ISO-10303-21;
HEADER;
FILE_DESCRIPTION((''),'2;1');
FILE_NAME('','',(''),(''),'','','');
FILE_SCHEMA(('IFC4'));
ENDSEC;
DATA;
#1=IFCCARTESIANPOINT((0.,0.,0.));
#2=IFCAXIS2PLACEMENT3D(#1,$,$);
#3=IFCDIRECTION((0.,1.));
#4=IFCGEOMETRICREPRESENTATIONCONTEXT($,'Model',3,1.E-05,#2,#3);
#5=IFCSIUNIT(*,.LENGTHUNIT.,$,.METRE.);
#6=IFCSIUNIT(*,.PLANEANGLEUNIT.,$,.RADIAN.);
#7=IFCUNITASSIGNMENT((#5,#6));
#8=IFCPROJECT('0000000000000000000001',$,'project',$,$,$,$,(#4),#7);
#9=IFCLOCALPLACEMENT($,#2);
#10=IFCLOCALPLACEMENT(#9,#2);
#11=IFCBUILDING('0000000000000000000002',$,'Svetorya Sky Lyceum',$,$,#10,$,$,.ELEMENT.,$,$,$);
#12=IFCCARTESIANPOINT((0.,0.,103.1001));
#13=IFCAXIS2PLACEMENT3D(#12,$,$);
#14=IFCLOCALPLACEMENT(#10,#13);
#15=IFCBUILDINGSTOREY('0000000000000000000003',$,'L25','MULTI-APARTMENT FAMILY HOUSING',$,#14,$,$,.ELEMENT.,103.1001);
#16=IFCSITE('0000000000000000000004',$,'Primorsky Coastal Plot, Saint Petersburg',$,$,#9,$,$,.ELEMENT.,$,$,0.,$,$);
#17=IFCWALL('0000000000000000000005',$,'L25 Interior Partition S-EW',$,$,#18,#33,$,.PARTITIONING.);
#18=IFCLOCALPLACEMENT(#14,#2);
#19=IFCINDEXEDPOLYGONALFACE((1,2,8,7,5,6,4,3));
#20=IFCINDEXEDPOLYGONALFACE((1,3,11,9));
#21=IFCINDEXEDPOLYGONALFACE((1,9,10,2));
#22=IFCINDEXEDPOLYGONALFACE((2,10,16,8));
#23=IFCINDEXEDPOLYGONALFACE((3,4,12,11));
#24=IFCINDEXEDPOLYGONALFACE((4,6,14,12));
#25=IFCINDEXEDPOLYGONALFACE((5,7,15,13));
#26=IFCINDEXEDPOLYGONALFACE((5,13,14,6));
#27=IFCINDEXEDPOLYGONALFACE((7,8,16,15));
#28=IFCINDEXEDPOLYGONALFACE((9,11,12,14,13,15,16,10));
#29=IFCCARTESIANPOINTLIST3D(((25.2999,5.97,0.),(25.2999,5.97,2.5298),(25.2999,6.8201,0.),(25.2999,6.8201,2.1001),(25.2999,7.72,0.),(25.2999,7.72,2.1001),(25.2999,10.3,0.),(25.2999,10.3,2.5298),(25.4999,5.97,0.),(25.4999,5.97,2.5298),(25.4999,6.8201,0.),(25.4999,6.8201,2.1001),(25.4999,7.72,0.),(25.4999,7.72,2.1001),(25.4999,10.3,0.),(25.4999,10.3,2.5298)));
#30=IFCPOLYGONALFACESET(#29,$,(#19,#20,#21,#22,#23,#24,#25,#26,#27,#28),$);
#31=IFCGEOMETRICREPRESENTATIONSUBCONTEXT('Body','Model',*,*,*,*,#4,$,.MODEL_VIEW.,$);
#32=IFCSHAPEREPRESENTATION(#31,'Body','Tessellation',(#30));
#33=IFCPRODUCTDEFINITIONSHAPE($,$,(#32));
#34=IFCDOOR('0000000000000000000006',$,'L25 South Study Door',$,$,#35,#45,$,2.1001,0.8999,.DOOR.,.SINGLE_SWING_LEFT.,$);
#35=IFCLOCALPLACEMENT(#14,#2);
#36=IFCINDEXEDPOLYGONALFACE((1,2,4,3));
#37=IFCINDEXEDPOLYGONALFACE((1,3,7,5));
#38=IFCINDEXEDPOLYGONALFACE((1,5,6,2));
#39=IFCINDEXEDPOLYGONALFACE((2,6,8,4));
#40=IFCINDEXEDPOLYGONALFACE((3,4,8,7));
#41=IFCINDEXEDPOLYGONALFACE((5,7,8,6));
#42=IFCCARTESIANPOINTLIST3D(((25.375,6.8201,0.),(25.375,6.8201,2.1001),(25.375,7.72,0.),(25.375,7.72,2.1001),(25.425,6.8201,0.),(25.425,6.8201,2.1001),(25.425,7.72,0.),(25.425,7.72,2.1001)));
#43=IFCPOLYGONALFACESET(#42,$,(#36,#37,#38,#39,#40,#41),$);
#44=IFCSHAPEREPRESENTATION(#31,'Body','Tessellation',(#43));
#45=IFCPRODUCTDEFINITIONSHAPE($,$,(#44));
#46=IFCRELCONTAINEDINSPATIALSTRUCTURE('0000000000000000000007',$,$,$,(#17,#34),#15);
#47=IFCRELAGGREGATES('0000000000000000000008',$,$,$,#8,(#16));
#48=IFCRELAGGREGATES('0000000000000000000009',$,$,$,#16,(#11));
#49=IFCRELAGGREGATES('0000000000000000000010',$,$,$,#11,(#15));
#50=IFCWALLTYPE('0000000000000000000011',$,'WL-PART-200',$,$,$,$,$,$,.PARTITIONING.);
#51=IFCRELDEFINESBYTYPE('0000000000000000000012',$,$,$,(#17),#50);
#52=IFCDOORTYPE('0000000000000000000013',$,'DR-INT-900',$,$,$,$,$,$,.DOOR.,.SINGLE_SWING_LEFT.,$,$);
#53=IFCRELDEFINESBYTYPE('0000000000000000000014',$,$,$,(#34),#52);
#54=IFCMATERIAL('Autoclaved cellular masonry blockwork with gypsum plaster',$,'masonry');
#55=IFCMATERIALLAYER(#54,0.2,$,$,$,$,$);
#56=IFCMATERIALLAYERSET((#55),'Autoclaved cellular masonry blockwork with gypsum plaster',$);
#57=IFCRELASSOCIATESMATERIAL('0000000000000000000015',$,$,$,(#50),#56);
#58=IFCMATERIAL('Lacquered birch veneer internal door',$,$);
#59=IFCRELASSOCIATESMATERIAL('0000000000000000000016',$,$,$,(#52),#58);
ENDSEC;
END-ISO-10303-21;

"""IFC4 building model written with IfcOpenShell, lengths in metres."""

from ifc_helpers import new_model, si_unit, direction, frame, frame_2d, origin, place, context, subcontext, project, spatial, rectangle, extrude, material, layer, layer_set, type_object, element, fill, save


model = new_model("IFC4")

# Units and contexts
model_context = context("Model", 3, precision=1e-05, world=origin(), true_north=direction((0.0, 1.0)))
body_context = subcontext(model_context, "Body", "Model", "MODEL_VIEW")
ifc_project = project(units=[si_unit("LENGTHUNIT", "METRE"), si_unit("PLANEANGLEUNIT", "RADIAN")], contexts=[model_context])

# Site, building, storey
site_placement = place(None, origin())
site = spatial("IfcSite", under=ifc_project, at=site_placement, Name="Primorsky Coastal Plot, Saint Petersburg", CompositionType="ELEMENT", RefElevation=0.0)
building_placement = place(site_placement, origin())
building = spatial("IfcBuilding", under=site, at=building_placement, Name="Svetorya Sky Lyceum", CompositionType="ELEMENT")
storey_placement = place(building_placement, frame((0.0, 0.0, 103.1001)))
storey = spatial("IfcBuildingStorey", under=building, at=storey_placement, Name="L25", Description="MULTI-APARTMENT FAMILY HOUSING", CompositionType="ELEMENT", Elevation=103.1001)

# Shared definitions
ifc_material_1 = material(Name="Autoclaved cellular masonry blockwork with gypsum plaster", Category="masonry")
ifc_layer_1 = layer(ifc_material_1, 0.2)
ifc_layer_set_1 = layer_set([ifc_layer_1], Name="Autoclaved cellular masonry blockwork with gypsum plaster")
wall_type_1 = type_object("IfcWallType", Name="WL-PART-200", PredefinedType="PARTITIONING", material=ifc_layer_set_1)

# Wall, opening, door
wall_1_placement = place(storey_placement, frame((25.3999, 5.97, 0.0), z_axis=(0.0, 0.0, 1.0), x_axis=(0.0, 1.0, 0.0)))
wall_1 = element("IfcWall", 1, at=wall_1_placement, inside=storey, type_object=wall_type_1, Name="L25 Interior Partition S-EW", PredefinedType="PARTITIONING", context=body_context, shape_type="SweptSolid", body=[
    extrude(rectangle(XDim=4.3301, YDim=0.2, at=frame_2d((2.165, 0.0))), origin(), (0.0, 0.0, 1.0), 2.5298),
])
opening_1_placement = place(wall_1_placement, frame((0.8501, 0.0, 0.0)))
opening_1 = element("IfcOpeningElement", 2, at=opening_1_placement, cuts=wall_1, PredefinedType="OPENING", context=body_context, shape_type="SweptSolid", body=[
    extrude(rectangle(XDim=0.8999, YDim=2.1001, at=frame_2d((0.45, 1.05))), frame((0.0, 0.1099, 0.0), z_axis=(0.0, -1.0, 0.0), x_axis=(1.0, 0.0, 0.0)), (0.0, 0.0, 1.0), 0.22),
])
ifc_material_2 = material(Name="Lacquered birch veneer internal door")
door_type = type_object("IfcDoorType", Name="DR-INT-900", OperationType="SINGLE_SWING_LEFT", PredefinedType="DOOR", material=ifc_material_2)
door_placement = place(opening_1_placement, origin())
door = element("IfcDoor", 3, at=door_placement, inside=storey, type_object=door_type, Name="L25 South Study Door", OperationType="SINGLE_SWING_LEFT", OverallHeight=2.1001, OverallWidth=0.8999, PredefinedType="DOOR", context=body_context, shape_type="SweptSolid", body=[
    extrude(rectangle(XDim=0.8999, YDim=2.1001, at=frame_2d((0.45, 1.05))), frame((0.0, 0.0249, 0.0), z_axis=(0.0, -1.0, 0.0), x_axis=(1.0, 0.0, 0.0)), (0.0, 0.0, 1.0), 0.05),
])
fill(opening_1, door)

save(model, "model.ifc")
